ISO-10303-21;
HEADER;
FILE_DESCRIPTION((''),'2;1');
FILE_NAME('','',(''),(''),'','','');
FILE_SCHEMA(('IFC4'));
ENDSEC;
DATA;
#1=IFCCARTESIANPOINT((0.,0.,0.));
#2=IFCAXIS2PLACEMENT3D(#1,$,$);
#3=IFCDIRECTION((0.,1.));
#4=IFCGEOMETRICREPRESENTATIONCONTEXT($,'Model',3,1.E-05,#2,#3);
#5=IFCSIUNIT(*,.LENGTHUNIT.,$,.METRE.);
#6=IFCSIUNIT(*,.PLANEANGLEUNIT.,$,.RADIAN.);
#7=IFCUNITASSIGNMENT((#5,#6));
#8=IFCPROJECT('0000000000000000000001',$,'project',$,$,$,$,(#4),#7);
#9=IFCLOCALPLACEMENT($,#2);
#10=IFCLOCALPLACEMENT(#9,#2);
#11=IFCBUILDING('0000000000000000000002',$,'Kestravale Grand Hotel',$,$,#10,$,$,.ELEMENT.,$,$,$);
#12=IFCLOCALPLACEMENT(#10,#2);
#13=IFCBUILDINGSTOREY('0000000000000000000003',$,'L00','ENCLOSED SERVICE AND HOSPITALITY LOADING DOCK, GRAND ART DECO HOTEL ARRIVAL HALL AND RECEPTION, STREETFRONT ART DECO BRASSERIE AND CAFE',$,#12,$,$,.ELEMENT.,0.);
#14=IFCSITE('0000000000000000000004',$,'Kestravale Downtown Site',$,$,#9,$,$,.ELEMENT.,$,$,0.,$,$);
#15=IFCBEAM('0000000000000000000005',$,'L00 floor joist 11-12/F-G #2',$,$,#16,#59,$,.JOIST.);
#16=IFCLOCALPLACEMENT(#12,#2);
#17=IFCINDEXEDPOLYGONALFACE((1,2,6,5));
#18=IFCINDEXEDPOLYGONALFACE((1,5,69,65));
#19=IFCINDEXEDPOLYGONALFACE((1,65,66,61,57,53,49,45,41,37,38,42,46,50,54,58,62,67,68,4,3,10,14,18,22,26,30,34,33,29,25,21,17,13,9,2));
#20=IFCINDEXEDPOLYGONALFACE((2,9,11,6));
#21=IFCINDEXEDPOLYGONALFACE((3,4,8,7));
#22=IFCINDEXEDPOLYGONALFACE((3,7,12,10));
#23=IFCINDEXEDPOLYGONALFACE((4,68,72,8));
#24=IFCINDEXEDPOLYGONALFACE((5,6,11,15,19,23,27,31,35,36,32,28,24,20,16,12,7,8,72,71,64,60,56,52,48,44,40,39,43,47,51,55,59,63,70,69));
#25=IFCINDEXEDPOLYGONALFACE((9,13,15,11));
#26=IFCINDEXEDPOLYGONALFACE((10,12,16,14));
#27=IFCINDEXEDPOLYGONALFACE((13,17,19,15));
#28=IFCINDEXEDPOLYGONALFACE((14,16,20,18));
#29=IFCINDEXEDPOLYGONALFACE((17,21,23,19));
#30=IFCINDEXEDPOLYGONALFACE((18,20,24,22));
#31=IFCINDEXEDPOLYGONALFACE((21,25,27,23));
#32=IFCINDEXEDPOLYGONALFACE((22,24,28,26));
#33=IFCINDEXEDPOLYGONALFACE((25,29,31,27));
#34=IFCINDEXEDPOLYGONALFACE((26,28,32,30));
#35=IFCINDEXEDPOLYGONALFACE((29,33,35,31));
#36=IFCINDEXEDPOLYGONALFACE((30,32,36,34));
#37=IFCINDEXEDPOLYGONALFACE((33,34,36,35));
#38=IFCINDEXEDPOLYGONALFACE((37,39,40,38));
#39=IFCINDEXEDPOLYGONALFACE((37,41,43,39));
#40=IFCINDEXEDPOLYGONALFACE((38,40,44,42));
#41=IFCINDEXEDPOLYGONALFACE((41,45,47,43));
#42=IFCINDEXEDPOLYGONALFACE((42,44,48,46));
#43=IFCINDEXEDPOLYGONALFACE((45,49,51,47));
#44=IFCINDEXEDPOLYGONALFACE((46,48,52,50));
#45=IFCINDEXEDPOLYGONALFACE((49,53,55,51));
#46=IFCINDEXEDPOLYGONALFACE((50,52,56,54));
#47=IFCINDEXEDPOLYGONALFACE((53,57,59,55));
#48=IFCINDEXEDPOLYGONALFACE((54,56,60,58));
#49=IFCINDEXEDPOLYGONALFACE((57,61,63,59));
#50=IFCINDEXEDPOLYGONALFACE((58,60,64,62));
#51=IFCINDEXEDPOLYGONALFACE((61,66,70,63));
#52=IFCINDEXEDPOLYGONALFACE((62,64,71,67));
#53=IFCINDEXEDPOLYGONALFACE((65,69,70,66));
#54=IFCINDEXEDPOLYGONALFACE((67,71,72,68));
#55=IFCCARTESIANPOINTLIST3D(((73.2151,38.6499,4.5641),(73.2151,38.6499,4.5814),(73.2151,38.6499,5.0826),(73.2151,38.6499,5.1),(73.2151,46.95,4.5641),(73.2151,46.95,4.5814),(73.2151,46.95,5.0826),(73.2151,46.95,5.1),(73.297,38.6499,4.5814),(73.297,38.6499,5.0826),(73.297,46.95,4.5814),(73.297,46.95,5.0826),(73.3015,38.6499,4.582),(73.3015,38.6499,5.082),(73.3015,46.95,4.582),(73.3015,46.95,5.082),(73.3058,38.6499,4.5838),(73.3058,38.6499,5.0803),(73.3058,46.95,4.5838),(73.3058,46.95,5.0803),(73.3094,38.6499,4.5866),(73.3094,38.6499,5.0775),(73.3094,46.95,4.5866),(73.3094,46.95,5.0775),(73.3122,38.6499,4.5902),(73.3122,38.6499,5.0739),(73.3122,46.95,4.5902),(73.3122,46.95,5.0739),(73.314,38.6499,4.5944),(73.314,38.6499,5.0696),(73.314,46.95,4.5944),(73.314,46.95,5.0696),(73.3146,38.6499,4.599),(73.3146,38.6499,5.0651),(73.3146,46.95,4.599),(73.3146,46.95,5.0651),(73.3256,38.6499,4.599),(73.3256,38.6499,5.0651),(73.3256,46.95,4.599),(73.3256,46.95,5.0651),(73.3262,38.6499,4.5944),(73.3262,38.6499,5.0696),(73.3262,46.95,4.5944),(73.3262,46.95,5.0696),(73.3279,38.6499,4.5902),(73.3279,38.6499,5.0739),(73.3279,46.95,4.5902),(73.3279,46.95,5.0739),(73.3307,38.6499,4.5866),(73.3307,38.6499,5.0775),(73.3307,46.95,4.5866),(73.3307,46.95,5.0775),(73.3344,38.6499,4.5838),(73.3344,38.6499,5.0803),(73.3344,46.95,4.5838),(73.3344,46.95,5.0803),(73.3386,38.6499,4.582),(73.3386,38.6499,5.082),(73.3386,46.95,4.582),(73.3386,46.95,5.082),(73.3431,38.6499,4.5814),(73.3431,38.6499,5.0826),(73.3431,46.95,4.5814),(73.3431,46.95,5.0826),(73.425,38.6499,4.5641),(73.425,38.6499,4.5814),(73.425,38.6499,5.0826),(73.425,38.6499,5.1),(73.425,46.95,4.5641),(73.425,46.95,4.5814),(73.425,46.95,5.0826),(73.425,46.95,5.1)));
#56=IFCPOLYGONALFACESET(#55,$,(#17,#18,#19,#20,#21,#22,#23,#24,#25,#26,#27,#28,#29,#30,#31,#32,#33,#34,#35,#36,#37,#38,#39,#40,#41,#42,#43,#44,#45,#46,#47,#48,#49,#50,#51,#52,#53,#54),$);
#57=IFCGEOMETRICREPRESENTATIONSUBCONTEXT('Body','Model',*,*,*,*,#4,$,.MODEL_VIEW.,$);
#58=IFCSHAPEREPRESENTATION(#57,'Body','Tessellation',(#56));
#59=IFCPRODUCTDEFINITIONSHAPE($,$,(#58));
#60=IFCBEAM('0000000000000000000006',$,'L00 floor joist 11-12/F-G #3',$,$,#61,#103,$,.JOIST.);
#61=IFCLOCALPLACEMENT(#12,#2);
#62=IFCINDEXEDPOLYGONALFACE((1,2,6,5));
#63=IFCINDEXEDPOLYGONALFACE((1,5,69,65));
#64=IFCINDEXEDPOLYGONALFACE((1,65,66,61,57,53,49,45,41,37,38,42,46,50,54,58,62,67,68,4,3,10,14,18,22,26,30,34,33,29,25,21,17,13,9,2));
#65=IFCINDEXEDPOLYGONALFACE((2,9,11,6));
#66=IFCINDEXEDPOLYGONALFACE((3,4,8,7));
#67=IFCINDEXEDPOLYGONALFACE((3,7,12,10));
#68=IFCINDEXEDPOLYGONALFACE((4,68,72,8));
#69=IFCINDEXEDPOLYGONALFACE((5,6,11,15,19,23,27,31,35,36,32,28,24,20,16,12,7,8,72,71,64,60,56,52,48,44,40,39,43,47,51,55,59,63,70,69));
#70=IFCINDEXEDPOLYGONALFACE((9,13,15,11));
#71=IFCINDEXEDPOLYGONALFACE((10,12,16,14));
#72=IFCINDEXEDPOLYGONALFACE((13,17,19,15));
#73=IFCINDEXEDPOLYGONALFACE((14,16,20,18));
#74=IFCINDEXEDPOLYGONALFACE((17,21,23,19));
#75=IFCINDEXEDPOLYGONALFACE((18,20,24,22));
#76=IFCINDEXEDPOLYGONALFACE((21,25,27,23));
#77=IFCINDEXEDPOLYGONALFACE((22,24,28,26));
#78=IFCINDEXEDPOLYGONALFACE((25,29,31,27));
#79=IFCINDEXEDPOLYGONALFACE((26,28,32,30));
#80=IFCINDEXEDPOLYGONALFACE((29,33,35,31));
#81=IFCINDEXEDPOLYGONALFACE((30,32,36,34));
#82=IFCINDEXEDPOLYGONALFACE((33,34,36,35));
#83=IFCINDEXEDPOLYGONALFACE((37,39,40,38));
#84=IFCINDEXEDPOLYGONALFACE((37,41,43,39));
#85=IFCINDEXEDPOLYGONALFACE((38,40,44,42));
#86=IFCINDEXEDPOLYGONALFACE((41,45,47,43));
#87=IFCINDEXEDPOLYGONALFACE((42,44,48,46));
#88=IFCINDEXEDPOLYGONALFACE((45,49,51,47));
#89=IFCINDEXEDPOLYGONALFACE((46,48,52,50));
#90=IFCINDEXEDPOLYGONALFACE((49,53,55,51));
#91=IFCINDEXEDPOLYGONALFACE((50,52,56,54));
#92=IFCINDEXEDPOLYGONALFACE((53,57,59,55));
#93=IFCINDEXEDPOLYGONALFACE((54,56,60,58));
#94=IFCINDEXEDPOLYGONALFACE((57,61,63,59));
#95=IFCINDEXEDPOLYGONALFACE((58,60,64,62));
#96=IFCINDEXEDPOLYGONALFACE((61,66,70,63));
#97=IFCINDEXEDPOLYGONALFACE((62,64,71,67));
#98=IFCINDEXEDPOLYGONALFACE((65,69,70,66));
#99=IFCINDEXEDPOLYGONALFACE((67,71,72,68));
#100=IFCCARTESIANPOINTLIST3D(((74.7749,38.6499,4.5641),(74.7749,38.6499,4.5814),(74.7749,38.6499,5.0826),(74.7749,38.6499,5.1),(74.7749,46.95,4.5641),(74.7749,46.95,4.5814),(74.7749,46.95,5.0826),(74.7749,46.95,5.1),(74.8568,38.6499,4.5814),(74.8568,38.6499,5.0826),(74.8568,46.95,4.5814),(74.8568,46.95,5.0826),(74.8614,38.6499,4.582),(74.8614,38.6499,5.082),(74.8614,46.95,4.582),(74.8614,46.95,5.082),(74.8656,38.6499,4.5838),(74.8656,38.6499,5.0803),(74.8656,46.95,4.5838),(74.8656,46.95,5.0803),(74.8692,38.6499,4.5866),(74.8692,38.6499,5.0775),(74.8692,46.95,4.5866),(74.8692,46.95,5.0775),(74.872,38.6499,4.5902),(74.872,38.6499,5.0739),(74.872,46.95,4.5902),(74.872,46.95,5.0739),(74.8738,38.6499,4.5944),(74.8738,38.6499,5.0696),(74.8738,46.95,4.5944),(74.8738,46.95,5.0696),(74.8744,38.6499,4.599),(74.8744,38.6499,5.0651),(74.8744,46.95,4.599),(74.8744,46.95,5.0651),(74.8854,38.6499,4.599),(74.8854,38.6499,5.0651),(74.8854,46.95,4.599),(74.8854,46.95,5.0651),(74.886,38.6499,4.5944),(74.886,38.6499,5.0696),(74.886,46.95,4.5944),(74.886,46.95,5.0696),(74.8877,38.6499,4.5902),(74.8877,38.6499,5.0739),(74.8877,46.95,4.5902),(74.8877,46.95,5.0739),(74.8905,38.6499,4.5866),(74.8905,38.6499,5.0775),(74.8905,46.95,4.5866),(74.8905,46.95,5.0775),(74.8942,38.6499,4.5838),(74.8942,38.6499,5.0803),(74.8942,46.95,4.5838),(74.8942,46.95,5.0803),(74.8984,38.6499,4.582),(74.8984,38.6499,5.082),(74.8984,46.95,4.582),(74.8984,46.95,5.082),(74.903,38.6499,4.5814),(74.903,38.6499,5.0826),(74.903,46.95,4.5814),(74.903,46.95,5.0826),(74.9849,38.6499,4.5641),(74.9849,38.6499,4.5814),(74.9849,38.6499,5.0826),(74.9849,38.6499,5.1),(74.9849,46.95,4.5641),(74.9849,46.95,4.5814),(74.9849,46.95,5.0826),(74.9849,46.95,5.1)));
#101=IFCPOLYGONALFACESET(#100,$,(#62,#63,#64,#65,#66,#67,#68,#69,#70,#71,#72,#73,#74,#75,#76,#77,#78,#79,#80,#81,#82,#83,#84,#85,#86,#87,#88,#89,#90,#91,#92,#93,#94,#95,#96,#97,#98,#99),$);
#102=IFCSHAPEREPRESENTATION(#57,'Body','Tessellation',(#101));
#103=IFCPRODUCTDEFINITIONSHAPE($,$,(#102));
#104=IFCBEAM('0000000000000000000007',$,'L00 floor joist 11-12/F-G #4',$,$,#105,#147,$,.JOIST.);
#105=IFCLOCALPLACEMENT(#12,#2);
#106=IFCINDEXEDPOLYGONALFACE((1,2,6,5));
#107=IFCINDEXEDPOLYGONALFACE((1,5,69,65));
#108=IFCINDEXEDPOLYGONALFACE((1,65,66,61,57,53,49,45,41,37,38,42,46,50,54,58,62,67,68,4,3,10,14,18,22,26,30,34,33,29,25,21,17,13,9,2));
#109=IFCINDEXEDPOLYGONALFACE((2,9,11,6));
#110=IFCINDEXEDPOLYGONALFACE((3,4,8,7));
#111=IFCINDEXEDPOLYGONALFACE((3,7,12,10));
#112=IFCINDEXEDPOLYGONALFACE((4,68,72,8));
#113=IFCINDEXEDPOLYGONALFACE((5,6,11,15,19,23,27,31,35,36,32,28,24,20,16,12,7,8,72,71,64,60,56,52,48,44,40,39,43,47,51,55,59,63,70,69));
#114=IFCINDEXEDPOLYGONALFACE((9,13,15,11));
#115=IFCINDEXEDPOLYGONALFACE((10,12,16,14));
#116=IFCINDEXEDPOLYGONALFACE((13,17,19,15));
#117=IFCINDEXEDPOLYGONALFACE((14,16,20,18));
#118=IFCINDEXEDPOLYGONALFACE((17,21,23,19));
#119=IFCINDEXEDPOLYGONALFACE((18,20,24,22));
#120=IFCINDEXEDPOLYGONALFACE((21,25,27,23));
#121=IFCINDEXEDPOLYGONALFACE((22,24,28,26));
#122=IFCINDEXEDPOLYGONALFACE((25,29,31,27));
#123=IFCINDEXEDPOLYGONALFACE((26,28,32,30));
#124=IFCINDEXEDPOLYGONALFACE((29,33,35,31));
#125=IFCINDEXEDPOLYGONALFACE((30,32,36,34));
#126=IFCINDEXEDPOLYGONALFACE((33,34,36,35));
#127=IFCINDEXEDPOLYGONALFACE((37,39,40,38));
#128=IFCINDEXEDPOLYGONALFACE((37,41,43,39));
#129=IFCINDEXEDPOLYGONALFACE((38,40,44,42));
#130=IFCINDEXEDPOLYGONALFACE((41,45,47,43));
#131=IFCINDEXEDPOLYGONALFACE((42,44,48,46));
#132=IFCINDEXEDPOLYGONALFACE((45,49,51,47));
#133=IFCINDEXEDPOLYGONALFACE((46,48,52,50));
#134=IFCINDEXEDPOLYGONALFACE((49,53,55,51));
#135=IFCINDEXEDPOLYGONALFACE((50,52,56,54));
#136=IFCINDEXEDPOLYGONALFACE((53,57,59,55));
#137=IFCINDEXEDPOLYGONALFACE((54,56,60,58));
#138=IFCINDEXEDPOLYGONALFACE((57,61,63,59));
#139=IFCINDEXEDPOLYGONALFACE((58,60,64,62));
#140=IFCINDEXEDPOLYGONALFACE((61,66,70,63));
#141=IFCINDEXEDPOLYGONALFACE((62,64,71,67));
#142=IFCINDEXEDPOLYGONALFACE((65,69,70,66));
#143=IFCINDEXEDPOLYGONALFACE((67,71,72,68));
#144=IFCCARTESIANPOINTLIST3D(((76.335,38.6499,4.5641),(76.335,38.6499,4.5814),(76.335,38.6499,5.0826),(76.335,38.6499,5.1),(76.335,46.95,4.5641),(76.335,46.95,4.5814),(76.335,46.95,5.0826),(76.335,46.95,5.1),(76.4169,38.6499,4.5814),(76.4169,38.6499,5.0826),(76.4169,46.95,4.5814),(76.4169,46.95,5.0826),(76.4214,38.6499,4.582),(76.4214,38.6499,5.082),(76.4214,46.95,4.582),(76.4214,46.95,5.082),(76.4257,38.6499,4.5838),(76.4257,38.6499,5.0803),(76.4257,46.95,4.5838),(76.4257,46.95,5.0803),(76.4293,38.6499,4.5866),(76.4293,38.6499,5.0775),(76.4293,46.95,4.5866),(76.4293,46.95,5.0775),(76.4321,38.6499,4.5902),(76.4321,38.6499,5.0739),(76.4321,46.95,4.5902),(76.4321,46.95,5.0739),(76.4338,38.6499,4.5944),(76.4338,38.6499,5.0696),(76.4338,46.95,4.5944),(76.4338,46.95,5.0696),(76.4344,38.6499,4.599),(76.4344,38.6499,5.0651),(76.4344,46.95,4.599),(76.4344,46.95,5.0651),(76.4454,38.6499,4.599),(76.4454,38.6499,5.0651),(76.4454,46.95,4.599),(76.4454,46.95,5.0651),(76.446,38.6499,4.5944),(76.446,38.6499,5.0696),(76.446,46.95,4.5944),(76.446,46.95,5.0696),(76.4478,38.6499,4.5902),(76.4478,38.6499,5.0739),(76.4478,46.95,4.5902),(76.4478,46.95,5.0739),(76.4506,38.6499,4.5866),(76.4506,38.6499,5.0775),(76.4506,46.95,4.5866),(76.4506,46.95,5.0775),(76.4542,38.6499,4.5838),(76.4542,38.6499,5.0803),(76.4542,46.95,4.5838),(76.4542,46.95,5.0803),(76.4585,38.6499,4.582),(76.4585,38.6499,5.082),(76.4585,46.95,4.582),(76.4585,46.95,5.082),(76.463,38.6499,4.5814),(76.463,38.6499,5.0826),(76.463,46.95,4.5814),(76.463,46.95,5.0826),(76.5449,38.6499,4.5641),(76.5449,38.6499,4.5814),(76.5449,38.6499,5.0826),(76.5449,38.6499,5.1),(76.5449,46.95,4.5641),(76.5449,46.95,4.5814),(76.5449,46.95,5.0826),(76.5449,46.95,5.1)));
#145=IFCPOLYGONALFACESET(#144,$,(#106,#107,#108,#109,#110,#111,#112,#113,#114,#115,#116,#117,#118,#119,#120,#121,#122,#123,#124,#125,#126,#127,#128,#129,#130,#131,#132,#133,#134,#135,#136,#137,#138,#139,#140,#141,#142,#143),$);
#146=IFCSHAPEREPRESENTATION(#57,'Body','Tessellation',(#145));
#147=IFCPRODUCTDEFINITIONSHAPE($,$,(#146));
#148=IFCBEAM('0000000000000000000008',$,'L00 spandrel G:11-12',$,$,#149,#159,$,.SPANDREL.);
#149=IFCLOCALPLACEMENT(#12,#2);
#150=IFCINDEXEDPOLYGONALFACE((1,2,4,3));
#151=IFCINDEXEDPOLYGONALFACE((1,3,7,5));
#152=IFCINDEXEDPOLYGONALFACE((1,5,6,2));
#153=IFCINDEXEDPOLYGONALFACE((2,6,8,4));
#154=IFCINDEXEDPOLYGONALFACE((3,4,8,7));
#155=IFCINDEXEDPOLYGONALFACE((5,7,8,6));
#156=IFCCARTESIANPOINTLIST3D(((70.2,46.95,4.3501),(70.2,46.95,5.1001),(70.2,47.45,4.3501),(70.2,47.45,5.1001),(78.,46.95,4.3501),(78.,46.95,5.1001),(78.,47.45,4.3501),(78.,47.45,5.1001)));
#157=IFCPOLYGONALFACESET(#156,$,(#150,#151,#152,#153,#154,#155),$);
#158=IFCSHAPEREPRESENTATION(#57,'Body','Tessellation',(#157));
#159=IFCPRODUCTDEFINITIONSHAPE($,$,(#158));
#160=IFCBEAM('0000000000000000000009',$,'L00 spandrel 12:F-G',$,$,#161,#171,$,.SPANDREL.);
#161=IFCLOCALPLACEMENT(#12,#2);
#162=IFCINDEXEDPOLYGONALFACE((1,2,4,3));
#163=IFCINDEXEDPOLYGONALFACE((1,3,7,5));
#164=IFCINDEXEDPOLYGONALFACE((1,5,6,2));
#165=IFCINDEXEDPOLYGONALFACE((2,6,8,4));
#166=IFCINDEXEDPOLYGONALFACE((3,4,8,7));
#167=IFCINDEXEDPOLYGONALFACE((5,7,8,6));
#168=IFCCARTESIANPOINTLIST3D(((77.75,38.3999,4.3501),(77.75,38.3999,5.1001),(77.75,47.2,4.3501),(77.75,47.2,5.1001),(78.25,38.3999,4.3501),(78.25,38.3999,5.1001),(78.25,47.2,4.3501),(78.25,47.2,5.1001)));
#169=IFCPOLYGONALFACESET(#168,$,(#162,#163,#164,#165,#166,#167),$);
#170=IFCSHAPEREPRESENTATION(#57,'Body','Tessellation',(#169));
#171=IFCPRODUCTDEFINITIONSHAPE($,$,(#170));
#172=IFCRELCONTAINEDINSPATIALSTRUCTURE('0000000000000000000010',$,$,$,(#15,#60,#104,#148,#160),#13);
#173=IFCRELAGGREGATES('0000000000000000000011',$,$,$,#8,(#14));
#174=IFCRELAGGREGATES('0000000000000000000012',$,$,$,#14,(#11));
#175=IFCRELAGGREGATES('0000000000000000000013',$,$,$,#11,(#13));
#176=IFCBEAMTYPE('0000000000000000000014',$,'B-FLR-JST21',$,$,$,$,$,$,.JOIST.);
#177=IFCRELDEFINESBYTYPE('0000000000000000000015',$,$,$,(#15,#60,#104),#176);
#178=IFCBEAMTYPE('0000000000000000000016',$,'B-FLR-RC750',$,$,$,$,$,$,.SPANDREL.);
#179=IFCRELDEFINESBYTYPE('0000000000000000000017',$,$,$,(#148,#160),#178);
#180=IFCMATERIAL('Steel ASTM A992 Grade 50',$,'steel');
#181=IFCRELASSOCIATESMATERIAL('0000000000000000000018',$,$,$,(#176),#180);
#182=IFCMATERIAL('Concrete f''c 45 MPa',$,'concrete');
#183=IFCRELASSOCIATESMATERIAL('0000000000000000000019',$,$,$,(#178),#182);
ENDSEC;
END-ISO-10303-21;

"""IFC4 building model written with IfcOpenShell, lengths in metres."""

from ifc_helpers import new_model, si_unit, direction, frame, origin, origin_2d, place, context, subcontext, project, spatial, rectangle, i_section, extrude, material, material_profile, profile_set, type_object, element, save


model = new_model("IFC4")

# Units and contexts
model_context = context("Model", 3, precision=1e-05, world=origin(), true_north=direction((0.0, 1.0)))
body_context = subcontext(model_context, "Body", "Model", "MODEL_VIEW")
ifc_project = project(units=[si_unit("LENGTHUNIT", "METRE"), si_unit("PLANEANGLEUNIT", "RADIAN")], contexts=[model_context])

# Site, building, storey
site_placement = place(None, origin())
site = spatial("IfcSite", under=ifc_project, at=site_placement, Name="Kestravale Downtown Site", CompositionType="ELEMENT", RefElevation=0.0)
building_placement = place(site_placement, origin())
building = spatial("IfcBuilding", under=site, at=building_placement, Name="Kestravale Grand Hotel", CompositionType="ELEMENT")
storey_placement = place(building_placement, origin())
storey = spatial("IfcBuildingStorey", under=building, at=storey_placement, Name="L00", Description="ENCLOSED SERVICE AND HOSPITALITY LOADING DOCK, GRAND ART DECO HOTEL ARRIVAL HALL AND RECEPTION, STREETFRONT ART DECO BRASSERIE AND CAFE", CompositionType="ELEMENT", Elevation=0.0)

# Beams
ifc_material_1 = material(Name="Steel ASTM A992 Grade 50", Category="steel")
ifc_material_profile_1 = material_profile(ifc_material_1, i_section(OverallWidth=0.21, OverallDepth=0.5359, WebThickness=0.011, FlangeThickness=0.0173, FilletRadius=0.0176, at=origin_2d()))
ifc_profile_set_1 = profile_set([ifc_material_profile_1], Name="Steel ASTM A992 Grade 50")
beam_type_1 = type_object("IfcBeamType", Name="B-FLR-JST21", PredefinedType="JOIST", material=ifc_profile_set_1)
for number, where, z_axis, x_axis, name in (
    (1, (73.3201, 38.6499, 4.832), (0.0, 1.0, 0.0), (-1.0, 0.0, 0.0), "L00 floor joist 11-12/F-G #2"),
    (2, (74.8799, 38.6499, 4.832), (0.0, 1.0, 0.0), (-1.0, 0.0, 0.0), "L00 floor joist 11-12/F-G #3"),
    (3, (76.4399, 38.6499, 4.832), (0.0, 1.0, 0.0), (-1.0, 0.0, 0.0), "L00 floor joist 11-12/F-G #4"),
):
    element("IfcBeam", number, at=place(storey_placement, frame(where, z_axis=z_axis, x_axis=x_axis)), inside=storey, type_object=beam_type_1, Name=name, PredefinedType="JOIST", context=body_context, shape_type="SweptSolid", body=[
        extrude(i_section(OverallWidth=0.21, OverallDepth=0.5359, WebThickness=0.011, FlangeThickness=0.0173, FilletRadius=0.0176, at=origin_2d()), origin(), (0.0, 0.0, 1.0), 8.3),
    ])
ifc_material_2 = material(Name="Concrete f'c 45 MPa", Category="concrete")
ifc_material_profile_2 = material_profile(ifc_material_2, rectangle(XDim=0.5, YDim=0.75, at=origin_2d()))
ifc_profile_set_2 = profile_set([ifc_material_profile_2], Name="Concrete f'c 45 MPa")
beam_type_2 = type_object("IfcBeamType", Name="B-FLR-RC750", PredefinedType="SPANDREL", material=ifc_profile_set_2)
beam_1_placement = place(storey_placement, frame((70.2, 47.2, 4.7251), z_axis=(1.0, 0.0, 0.0), x_axis=(0.0, 1.0, 0.0)))
element("IfcBeam", 4, at=beam_1_placement, inside=storey, type_object=beam_type_2, Name="L00 spandrel G:11-12", PredefinedType="SPANDREL", context=body_context, shape_type="SweptSolid", body=[
    extrude(rectangle(XDim=0.5, YDim=0.75, at=origin_2d()), origin(), (0.0, 0.0, 1.0), 7.8),
])
beam_2_placement = place(storey_placement, frame((78.0, 38.3999, 4.7251), z_axis=(0.0, 1.0, 0.0), x_axis=(-1.0, 0.0, 0.0)))
element("IfcBeam", 5, at=beam_2_placement, inside=storey, type_object=beam_type_2, Name="L00 spandrel 12:F-G", PredefinedType="SPANDREL", context=body_context, shape_type="SweptSolid", body=[
    extrude(rectangle(XDim=0.5, YDim=0.75, at=origin_2d()), origin(), (0.0, 0.0, 1.0), 8.8),
])

save(model, "model.ifc")
